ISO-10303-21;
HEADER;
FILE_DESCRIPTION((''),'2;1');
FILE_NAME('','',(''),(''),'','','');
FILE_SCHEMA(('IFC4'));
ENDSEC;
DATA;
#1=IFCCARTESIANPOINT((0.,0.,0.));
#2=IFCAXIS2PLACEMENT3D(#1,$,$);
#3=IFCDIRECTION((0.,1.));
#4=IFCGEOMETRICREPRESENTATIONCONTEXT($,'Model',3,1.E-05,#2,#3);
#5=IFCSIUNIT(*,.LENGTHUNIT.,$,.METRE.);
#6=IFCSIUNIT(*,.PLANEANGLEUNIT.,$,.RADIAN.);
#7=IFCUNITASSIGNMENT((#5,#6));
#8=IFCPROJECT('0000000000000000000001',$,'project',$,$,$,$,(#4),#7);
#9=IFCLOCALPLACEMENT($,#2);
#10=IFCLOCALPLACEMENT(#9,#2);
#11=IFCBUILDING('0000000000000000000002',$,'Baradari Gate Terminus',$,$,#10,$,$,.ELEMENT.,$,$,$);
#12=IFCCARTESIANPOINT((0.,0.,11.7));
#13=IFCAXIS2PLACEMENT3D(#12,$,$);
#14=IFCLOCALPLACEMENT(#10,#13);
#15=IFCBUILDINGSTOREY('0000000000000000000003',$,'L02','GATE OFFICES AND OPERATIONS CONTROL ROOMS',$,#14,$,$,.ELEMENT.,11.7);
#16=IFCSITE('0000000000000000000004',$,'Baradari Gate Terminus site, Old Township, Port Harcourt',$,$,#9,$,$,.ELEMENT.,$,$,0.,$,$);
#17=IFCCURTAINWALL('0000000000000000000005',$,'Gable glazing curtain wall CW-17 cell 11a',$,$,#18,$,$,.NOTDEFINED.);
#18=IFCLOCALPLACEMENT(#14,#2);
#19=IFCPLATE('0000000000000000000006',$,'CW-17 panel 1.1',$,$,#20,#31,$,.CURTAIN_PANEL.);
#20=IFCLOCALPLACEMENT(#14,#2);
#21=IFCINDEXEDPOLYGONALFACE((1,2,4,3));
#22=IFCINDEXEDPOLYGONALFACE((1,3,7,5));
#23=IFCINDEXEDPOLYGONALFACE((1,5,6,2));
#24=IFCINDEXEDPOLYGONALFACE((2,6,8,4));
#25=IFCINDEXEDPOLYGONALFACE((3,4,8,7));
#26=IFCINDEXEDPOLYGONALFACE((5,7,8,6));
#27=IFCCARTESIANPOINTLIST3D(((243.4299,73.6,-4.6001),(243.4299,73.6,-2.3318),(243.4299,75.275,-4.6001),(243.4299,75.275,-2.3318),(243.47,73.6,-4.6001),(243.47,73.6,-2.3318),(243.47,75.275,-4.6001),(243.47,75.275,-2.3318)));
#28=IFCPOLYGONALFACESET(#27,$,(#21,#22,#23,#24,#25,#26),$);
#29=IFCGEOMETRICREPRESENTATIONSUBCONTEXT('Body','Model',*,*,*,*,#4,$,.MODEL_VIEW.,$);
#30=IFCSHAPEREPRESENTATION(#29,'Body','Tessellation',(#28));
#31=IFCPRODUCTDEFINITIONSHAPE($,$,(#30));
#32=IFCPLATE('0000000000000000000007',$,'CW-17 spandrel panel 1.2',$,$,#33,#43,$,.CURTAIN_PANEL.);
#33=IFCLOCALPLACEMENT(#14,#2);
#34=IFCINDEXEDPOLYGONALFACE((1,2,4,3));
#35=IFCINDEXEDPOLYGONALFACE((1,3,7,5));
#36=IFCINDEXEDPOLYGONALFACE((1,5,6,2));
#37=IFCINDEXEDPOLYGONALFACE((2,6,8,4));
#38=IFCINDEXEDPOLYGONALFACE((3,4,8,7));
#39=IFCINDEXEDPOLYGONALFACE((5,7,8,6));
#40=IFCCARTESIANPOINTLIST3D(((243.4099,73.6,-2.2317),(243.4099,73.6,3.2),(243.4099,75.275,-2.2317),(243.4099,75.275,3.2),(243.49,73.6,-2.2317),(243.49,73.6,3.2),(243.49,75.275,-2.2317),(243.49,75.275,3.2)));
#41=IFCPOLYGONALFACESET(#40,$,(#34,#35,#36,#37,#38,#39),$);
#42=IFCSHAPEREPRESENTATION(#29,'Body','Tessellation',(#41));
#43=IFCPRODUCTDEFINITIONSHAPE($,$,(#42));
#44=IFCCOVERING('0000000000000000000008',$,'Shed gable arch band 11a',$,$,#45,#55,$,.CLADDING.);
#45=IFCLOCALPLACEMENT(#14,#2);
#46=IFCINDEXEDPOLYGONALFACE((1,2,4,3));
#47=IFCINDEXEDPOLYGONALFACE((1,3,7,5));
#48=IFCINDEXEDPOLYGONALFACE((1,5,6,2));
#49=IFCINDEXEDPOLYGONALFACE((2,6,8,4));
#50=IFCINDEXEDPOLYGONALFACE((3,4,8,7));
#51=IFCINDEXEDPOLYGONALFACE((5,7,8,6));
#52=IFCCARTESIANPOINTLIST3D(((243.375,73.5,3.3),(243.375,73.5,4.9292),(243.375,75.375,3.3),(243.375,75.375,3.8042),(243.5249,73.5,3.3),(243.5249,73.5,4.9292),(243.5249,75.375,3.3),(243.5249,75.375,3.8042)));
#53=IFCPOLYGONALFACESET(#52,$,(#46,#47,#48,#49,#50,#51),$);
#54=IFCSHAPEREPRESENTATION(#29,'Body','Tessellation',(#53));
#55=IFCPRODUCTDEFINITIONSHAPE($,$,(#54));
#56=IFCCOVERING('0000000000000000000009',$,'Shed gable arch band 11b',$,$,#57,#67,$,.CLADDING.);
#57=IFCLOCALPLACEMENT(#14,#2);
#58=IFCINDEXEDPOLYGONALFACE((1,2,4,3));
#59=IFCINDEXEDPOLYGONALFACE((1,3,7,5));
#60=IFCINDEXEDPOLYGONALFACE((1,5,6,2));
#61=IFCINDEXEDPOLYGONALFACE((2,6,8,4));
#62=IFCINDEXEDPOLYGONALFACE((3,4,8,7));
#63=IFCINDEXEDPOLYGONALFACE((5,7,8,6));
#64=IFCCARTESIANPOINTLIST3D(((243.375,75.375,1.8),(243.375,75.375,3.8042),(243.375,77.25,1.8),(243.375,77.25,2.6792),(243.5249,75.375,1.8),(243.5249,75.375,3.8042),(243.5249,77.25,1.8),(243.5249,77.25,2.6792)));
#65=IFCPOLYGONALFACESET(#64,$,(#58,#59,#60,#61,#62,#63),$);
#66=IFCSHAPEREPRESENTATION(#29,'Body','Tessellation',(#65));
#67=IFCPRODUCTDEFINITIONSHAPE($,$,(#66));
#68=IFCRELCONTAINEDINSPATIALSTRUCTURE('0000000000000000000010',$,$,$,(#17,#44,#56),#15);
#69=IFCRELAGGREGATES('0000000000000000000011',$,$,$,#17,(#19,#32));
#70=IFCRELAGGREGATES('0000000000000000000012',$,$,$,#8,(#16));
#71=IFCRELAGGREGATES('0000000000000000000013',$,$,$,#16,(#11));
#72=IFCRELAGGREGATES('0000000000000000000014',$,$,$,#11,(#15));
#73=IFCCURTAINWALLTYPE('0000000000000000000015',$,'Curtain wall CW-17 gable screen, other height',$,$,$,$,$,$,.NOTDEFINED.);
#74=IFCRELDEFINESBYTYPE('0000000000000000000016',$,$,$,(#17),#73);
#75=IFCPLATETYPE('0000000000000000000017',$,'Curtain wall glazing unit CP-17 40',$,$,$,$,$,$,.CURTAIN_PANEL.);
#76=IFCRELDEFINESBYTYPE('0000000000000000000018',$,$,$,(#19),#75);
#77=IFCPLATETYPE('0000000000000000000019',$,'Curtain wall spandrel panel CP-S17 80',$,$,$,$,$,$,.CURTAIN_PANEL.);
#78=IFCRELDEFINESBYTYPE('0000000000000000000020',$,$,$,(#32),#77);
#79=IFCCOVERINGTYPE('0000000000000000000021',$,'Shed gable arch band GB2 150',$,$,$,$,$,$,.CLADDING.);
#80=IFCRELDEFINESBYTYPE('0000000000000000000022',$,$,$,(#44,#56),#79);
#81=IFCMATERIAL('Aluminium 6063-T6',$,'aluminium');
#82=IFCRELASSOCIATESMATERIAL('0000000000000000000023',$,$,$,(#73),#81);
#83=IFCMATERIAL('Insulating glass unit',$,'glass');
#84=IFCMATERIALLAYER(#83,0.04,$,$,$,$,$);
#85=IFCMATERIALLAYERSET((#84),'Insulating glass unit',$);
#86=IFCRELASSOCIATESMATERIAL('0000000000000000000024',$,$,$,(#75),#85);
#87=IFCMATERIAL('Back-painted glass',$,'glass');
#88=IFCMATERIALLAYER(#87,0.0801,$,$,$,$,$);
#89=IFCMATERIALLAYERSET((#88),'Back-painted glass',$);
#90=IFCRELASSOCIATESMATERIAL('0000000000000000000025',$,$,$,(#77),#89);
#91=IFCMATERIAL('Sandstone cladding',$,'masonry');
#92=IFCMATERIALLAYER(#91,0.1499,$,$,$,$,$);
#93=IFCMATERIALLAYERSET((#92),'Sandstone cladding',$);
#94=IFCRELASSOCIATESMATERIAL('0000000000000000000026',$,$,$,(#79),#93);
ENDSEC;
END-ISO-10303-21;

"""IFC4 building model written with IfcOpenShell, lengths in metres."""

from ifc_helpers import new_model, si_unit, direction, frame, origin, origin_2d, place, context, subcontext, project, spatial, polyline, rectangle, outline, extrude, material, layer, layer_set, type_object, element, aggregate, save


model = new_model("IFC4")

# Units and contexts
model_context = context("Model", 3, precision=1e-05, world=origin(), true_north=direction((0.0, 1.0)))
body_context = subcontext(model_context, "Body", "Model", "MODEL_VIEW")
ifc_project = project(units=[si_unit("LENGTHUNIT", "METRE"), si_unit("PLANEANGLEUNIT", "RADIAN")], contexts=[model_context])

# Site, building, storey
site_placement = place(None, origin())
site = spatial("IfcSite", under=ifc_project, at=site_placement, Name="Baradari Gate Terminus site, Old Township, Port Harcourt", CompositionType="ELEMENT", RefElevation=0.0)
building_placement = place(site_placement, origin())
building = spatial("IfcBuilding", under=site, at=building_placement, Name="Baradari Gate Terminus", CompositionType="ELEMENT")
storey_placement = place(building_placement, frame((0.0, 0.0, 11.7)))
storey = spatial("IfcBuildingStorey", under=building, at=storey_placement, Name="L02", Description="GATE OFFICES AND OPERATIONS CONTROL ROOMS", CompositionType="ELEMENT", Elevation=11.7)

# Curtain wall
ifc_material_1 = material(Name="Aluminium 6063-T6", Category="aluminium")
curtain_wall_type_1 = type_object("IfcCurtainWallType", Name="Curtain wall CW-17 gable screen, other height", PredefinedType="NOTDEFINED", material=ifc_material_1)
curtain_wall_1_placement = place(storey_placement, origin())
curtain_wall_1 = element("IfcCurtainWall", 1, at=curtain_wall_1_placement, inside=storey, type_object=curtain_wall_type_1, Name="Gable glazing curtain wall CW-17 cell 11a", PredefinedType="NOTDEFINED")

# Plates
ifc_material_2 = material(Name="Insulating glass unit", Category="glass")
ifc_layer_1 = layer(ifc_material_2, 0.04)
ifc_layer_set_1 = layer_set([ifc_layer_1], Name="Insulating glass unit")
plate_type_1 = type_object("IfcPlateType", Name="Curtain wall glazing unit CP-17 40", PredefinedType="CURTAIN_PANEL", material=ifc_layer_set_1)
plate_1_placement = place(storey_placement, frame((243.45, 74.4375, -4.6001), z_axis=(0.0, 0.0, 1.0), x_axis=(0.0, 1.0, 0.0)))
plate_1 = element("IfcPlate", 2, at=plate_1_placement, type_object=plate_type_1, Name="CW-17 panel 1.1", PredefinedType="CURTAIN_PANEL", context=body_context, shape_type="SweptSolid", body=[
    extrude(rectangle(XDim=1.675, YDim=0.04, at=origin_2d()), origin(), (0.0, 0.0, 1.0), 2.2683),
])
ifc_material_3 = material(Name="Back-painted glass", Category="glass")
ifc_layer_2 = layer(ifc_material_3, 0.0801)
ifc_layer_set_2 = layer_set([ifc_layer_2], Name="Back-painted glass")
plate_type_2 = type_object("IfcPlateType", Name="Curtain wall spandrel panel CP-S17 80", PredefinedType="CURTAIN_PANEL", material=ifc_layer_set_2)
plate_2_placement = place(storey_placement, frame((243.45, 74.4375, -2.2317), z_axis=(0.0, 0.0, 1.0), x_axis=(0.0, 1.0, 0.0)))
plate_2 = element("IfcPlate", 3, at=plate_2_placement, type_object=plate_type_2, Name="CW-17 spandrel panel 1.2", PredefinedType="CURTAIN_PANEL", context=body_context, shape_type="SweptSolid", body=[
    extrude(rectangle(XDim=1.675, YDim=0.0801, at=origin_2d()), origin(), (0.0, 0.0, 1.0), 5.4316),
])
aggregate(curtain_wall_1, [plate_1, plate_2])

# Coverings
ifc_material_4 = material(Name="Sandstone cladding", Category="masonry")
ifc_layer_3 = layer(ifc_material_4, 0.1499)
ifc_layer_set_3 = layer_set([ifc_layer_3], Name="Sandstone cladding")
covering_type = type_object("IfcCoveringType", Name="Shed gable arch band GB2 150", PredefinedType="CLADDING", material=ifc_layer_set_3)
covering_1_placement = place(storey_placement, frame((243.45, 73.5, 3.3), z_axis=(0.0, 0.0, 1.0), x_axis=(0.0, 1.0, 0.0)))
element("IfcCovering", 4, at=covering_1_placement, inside=storey, type_object=covering_type, Name="Shed gable arch band 11a", PredefinedType="CLADDING", context=body_context, shape_type="SweptSolid", body=[
    extrude(outline(polyline([(1.875, 0.0), (1.875, 0.5042), (0.0, 1.6292), (0.0, 0.0), (1.875, 0.0)])), frame((0.0, 0.075, 0.0), z_axis=(0.0, -1.0, 0.0), x_axis=(1.0, 0.0, 0.0)), (0.0, 0.0, 1.0), 0.1499),
])
covering_2_placement = place(storey_placement, frame((243.45, 75.375, 1.8), z_axis=(0.0, 0.0, 1.0), x_axis=(0.0, 1.0, 0.0)))
element("IfcCovering", 5, at=covering_2_placement, inside=storey, type_object=covering_type, Name="Shed gable arch band 11b", PredefinedType="CLADDING", context=body_context, shape_type="SweptSolid", body=[
    extrude(outline(polyline([(1.875, 0.0), (1.875, 0.8792), (0.0, 2.0042), (0.0, 0.0), (1.875, 0.0)])), frame((0.0, 0.075, 0.0), z_axis=(0.0, -1.0, 0.0), x_axis=(1.0, 0.0, 0.0)), (0.0, 0.0, 1.0), 0.1499),
])

save(model, "model.ifc")
